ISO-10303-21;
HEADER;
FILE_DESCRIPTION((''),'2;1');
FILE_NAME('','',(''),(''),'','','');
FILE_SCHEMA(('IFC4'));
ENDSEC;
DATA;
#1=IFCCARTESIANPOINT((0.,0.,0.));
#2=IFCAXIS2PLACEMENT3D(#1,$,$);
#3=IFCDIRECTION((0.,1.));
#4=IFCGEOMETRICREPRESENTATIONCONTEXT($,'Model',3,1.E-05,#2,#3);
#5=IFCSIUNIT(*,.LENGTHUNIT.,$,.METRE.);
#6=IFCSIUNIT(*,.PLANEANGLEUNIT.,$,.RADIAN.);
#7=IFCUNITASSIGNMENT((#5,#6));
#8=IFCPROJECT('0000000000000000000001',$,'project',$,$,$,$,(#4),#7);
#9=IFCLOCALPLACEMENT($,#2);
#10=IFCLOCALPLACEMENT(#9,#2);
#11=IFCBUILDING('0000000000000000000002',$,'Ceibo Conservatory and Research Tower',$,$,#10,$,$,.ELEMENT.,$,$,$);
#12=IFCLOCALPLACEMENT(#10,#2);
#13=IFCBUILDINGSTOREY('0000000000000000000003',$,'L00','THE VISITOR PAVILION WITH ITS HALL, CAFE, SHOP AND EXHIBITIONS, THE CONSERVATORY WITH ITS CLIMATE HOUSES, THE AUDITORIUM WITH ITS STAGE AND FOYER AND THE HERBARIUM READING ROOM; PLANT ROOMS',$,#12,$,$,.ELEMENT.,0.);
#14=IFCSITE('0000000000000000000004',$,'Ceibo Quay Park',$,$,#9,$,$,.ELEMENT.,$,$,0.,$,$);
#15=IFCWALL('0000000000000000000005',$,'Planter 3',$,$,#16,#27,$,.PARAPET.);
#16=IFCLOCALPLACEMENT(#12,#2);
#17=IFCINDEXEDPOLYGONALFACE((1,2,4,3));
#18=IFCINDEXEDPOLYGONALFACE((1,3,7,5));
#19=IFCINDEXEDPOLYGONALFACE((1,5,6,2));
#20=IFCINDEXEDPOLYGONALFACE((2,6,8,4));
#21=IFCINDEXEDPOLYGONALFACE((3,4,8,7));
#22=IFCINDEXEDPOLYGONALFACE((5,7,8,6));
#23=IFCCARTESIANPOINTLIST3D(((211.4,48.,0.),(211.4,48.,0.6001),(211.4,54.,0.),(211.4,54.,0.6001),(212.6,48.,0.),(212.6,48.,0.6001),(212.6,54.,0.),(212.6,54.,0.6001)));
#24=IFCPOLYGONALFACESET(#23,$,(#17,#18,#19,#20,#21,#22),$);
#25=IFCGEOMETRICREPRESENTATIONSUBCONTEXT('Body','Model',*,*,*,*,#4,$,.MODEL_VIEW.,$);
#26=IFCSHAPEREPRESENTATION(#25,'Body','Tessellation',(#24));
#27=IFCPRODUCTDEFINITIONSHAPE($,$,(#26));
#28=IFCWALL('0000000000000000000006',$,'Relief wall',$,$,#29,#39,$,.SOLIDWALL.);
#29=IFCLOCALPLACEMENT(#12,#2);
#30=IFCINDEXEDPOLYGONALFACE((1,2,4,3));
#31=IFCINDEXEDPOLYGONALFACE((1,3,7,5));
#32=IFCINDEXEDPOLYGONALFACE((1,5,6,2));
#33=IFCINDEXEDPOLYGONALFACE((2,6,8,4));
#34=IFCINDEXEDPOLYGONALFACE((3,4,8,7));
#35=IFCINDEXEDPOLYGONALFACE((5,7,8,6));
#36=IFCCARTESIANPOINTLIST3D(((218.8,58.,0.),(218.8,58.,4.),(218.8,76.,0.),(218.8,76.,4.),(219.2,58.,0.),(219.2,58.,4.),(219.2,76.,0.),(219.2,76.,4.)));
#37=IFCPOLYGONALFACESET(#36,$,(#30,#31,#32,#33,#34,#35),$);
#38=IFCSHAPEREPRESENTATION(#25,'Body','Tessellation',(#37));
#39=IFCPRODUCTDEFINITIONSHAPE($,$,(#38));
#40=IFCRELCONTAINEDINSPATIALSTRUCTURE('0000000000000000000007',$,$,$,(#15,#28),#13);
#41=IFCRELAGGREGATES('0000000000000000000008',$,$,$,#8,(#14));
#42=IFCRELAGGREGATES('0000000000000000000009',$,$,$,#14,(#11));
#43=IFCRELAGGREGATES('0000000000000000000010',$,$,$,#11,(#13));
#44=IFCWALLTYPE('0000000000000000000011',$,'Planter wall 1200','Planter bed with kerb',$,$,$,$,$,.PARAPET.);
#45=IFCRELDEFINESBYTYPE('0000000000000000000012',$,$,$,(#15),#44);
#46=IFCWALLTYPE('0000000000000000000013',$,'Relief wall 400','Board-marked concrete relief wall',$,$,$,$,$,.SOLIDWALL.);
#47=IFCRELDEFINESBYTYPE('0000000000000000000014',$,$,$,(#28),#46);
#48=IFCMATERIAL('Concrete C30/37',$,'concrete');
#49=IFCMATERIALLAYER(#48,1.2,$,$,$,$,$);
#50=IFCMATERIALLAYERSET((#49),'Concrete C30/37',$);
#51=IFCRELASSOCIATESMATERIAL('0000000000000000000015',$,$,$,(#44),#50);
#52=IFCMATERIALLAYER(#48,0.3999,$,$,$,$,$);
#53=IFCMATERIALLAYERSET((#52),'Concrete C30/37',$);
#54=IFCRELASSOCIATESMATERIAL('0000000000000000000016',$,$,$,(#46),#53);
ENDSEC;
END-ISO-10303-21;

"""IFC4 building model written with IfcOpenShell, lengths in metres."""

from ifc_helpers import new_model, si_unit, direction, frame, frame_2d, origin, place, context, subcontext, project, spatial, rectangle, extrude, material, layer, layer_set, type_object, element, save


model = new_model("IFC4")

# Units and contexts
model_context = context("Model", 3, precision=1e-05, world=origin(), true_north=direction((0.0, 1.0)))
body_context = subcontext(model_context, "Body", "Model", "MODEL_VIEW")
ifc_project = project(units=[si_unit("LENGTHUNIT", "METRE"), si_unit("PLANEANGLEUNIT", "RADIAN")], contexts=[model_context])

# Site, building, storey
site_placement = place(None, origin())
site = spatial("IfcSite", under=ifc_project, at=site_placement, Name="Ceibo Quay Park", CompositionType="ELEMENT", RefElevation=0.0)
building_placement = place(site_placement, origin())
building = spatial("IfcBuilding", under=site, at=building_placement, Name="Ceibo Conservatory and Research Tower", CompositionType="ELEMENT")
storey_placement = place(building_placement, origin())
storey = spatial("IfcBuildingStorey", under=building, at=storey_placement, Name="L00", Description="THE VISITOR PAVILION WITH ITS HALL, CAFE, SHOP AND EXHIBITIONS, THE CONSERVATORY WITH ITS CLIMATE HOUSES, THE AUDITORIUM WITH ITS STAGE AND FOYER AND THE HERBARIUM READING ROOM; PLANT ROOMS", CompositionType="ELEMENT", Elevation=0.0)

# Walls
ifc_material_1 = material(Name="Concrete C30/37", Category="concrete")
ifc_layer_1 = layer(ifc_material_1, 1.2)
ifc_layer_set_1 = layer_set([ifc_layer_1], Name="Concrete C30/37")
wall_type_1 = type_object("IfcWallType", Name="Planter wall 1200", Description="Planter bed with kerb", PredefinedType="PARAPET", material=ifc_layer_set_1)
for number, where, z_axis, x_axis, name in (
    (1, (212.0, 48.0, 0.0), (0.0, 0.0, 1.0), (0.0, 1.0, 0.0), "Planter 3"),
):
    element("IfcWall", number, at=place(storey_placement, frame(where, z_axis=z_axis, x_axis=x_axis)), inside=storey, type_object=wall_type_1, Name=name, PredefinedType="PARAPET", context=body_context, shape_type="SweptSolid", body=[
        extrude(rectangle(XDim=6.0, YDim=1.2, at=frame_2d((3.0, 0.0))), origin(), (0.0, 0.0, 1.0), 0.6001),
    ])
ifc_layer_2 = layer(ifc_material_1, 0.3999)
ifc_layer_set_2 = layer_set([ifc_layer_2], Name="Concrete C30/37")
wall_type_2 = type_object("IfcWallType", Name="Relief wall 400", Description="Board-marked concrete relief wall", PredefinedType="SOLIDWALL", material=ifc_layer_set_2)
wall_placement = place(storey_placement, frame((219.0, 58.0, 0.0), z_axis=(0.0, 0.0, 1.0), x_axis=(0.0, 1.0, 0.0)))
element("IfcWall", 2, at=wall_placement, inside=storey, type_object=wall_type_2, Name="Relief wall", PredefinedType="SOLIDWALL", context=body_context, shape_type="SweptSolid", body=[
    extrude(rectangle(XDim=18.0, YDim=0.3999, at=frame_2d((9.0, 0.0))), origin(), (0.0, 0.0, 1.0), 4.0),
])

save(model, "model.ifc")
